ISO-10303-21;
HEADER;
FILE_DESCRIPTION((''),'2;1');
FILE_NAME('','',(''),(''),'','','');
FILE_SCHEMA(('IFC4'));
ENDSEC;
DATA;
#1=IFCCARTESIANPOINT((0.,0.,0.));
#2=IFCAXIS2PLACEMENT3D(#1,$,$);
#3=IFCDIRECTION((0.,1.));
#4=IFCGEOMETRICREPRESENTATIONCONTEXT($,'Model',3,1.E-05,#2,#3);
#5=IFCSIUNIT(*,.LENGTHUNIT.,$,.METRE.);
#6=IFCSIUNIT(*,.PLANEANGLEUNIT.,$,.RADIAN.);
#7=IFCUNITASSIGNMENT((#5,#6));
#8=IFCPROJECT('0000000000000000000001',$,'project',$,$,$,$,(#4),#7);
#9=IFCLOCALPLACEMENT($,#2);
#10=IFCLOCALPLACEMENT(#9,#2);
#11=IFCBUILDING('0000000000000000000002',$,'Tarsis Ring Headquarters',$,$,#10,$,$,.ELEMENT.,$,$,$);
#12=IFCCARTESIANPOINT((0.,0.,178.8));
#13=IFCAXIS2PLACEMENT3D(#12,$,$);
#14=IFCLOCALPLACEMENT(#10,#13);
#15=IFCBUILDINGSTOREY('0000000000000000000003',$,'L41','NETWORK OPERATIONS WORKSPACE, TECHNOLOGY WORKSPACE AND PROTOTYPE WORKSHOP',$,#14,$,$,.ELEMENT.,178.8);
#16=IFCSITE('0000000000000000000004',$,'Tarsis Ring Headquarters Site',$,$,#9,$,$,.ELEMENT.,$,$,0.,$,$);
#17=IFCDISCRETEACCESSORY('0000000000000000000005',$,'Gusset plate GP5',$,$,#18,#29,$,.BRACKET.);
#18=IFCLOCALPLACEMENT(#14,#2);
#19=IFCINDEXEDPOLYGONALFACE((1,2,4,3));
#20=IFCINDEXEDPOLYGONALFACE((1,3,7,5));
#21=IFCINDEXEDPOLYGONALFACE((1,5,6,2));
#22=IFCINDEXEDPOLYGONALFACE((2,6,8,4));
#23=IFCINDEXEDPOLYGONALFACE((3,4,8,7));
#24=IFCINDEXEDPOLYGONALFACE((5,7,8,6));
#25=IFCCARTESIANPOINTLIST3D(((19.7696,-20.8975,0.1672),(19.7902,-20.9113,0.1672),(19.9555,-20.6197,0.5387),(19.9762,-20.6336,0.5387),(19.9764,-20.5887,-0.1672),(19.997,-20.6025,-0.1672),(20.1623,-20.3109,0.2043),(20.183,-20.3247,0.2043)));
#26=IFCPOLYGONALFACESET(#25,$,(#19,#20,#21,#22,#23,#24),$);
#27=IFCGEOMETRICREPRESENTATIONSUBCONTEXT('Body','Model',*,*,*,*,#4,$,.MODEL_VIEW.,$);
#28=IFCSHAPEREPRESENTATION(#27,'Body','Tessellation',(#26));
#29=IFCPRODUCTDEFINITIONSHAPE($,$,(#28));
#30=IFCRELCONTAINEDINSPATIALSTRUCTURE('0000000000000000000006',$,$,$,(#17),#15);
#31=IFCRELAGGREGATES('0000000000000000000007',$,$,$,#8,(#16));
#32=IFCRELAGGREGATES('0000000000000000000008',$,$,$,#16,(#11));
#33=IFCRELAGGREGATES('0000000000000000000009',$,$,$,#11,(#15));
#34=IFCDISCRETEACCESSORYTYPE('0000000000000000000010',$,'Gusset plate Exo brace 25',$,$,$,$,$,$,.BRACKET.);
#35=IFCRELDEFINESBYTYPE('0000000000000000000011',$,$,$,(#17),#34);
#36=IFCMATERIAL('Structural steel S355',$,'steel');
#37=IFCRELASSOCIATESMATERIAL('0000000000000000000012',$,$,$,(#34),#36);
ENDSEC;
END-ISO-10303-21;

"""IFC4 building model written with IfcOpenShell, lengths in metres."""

from ifc_helpers import new_model, si_unit, direction, frame, origin, origin_2d, place, context, subcontext, project, spatial, rectangle, extrude, material, material_profile, profile_set, type_object, element, save


model = new_model("IFC4")

# Units and contexts
model_context = context("Model", 3, precision=1e-05, world=origin(), true_north=direction((0.0, 1.0)))
body_context = subcontext(model_context, "Body", "Model", "MODEL_VIEW")
ifc_project = project(units=[si_unit("LENGTHUNIT", "METRE"), si_unit("PLANEANGLEUNIT", "RADIAN")], contexts=[model_context])

# Site, building, storey
site_placement = place(None, origin())
site = spatial("IfcSite", under=ifc_project, at=site_placement, Name="Tarsis Ring Headquarters Site", CompositionType="ELEMENT", RefElevation=0.0)
building_placement = place(site_placement, origin())
building = spatial("IfcBuilding", under=site, at=building_placement, Name="Tarsis Ring Headquarters", CompositionType="ELEMENT")
storey_placement = place(building_placement, frame((0.0, 0.0, 178.8)))
storey = spatial("IfcBuildingStorey", under=building, at=storey_placement, Name="L41", Description="NETWORK OPERATIONS WORKSPACE, TECHNOLOGY WORKSPACE AND PROTOTYPE WORKSHOP", CompositionType="ELEMENT", Elevation=178.8)

# Shared definitions
ifc_material_1 = material(Name="Structural steel S355", Category="steel")

# Discrete accessory
ifc_material_profile_1 = material_profile(ifc_material_1, rectangle(XDim=0.0249, YDim=0.5, at=origin_2d()), Name="PL 25x500")
ifc_profile_set_1 = profile_set([ifc_material_profile_1], Name="Structural steel S355")
discrete_accessory_type = type_object("IfcDiscreteAccessoryType", Name="Gusset plate Exo brace 25", PredefinedType="BRACKET", material=ifc_profile_set_1)
discrete_accessory_1_placement = place(storey_placement, frame((19.8833, -20.75, 0.0), z_axis=(0.372165, 0.555805, 0.743353), x_axis=(-0.830925, 0.556384, 0.0)))
element("IfcDiscreteAccessory", 1, at=discrete_accessory_1_placement, inside=storey, type_object=discrete_accessory_type, Name="Gusset plate GP5", PredefinedType="BRACKET", context=body_context, shape_type="SweptSolid", body=[
    extrude(rectangle(XDim=0.0249, YDim=0.5, at=origin_2d()), origin(), (0.0, 0.0, 1.0), 0.4998),
])

save(model, "model.ifc")
